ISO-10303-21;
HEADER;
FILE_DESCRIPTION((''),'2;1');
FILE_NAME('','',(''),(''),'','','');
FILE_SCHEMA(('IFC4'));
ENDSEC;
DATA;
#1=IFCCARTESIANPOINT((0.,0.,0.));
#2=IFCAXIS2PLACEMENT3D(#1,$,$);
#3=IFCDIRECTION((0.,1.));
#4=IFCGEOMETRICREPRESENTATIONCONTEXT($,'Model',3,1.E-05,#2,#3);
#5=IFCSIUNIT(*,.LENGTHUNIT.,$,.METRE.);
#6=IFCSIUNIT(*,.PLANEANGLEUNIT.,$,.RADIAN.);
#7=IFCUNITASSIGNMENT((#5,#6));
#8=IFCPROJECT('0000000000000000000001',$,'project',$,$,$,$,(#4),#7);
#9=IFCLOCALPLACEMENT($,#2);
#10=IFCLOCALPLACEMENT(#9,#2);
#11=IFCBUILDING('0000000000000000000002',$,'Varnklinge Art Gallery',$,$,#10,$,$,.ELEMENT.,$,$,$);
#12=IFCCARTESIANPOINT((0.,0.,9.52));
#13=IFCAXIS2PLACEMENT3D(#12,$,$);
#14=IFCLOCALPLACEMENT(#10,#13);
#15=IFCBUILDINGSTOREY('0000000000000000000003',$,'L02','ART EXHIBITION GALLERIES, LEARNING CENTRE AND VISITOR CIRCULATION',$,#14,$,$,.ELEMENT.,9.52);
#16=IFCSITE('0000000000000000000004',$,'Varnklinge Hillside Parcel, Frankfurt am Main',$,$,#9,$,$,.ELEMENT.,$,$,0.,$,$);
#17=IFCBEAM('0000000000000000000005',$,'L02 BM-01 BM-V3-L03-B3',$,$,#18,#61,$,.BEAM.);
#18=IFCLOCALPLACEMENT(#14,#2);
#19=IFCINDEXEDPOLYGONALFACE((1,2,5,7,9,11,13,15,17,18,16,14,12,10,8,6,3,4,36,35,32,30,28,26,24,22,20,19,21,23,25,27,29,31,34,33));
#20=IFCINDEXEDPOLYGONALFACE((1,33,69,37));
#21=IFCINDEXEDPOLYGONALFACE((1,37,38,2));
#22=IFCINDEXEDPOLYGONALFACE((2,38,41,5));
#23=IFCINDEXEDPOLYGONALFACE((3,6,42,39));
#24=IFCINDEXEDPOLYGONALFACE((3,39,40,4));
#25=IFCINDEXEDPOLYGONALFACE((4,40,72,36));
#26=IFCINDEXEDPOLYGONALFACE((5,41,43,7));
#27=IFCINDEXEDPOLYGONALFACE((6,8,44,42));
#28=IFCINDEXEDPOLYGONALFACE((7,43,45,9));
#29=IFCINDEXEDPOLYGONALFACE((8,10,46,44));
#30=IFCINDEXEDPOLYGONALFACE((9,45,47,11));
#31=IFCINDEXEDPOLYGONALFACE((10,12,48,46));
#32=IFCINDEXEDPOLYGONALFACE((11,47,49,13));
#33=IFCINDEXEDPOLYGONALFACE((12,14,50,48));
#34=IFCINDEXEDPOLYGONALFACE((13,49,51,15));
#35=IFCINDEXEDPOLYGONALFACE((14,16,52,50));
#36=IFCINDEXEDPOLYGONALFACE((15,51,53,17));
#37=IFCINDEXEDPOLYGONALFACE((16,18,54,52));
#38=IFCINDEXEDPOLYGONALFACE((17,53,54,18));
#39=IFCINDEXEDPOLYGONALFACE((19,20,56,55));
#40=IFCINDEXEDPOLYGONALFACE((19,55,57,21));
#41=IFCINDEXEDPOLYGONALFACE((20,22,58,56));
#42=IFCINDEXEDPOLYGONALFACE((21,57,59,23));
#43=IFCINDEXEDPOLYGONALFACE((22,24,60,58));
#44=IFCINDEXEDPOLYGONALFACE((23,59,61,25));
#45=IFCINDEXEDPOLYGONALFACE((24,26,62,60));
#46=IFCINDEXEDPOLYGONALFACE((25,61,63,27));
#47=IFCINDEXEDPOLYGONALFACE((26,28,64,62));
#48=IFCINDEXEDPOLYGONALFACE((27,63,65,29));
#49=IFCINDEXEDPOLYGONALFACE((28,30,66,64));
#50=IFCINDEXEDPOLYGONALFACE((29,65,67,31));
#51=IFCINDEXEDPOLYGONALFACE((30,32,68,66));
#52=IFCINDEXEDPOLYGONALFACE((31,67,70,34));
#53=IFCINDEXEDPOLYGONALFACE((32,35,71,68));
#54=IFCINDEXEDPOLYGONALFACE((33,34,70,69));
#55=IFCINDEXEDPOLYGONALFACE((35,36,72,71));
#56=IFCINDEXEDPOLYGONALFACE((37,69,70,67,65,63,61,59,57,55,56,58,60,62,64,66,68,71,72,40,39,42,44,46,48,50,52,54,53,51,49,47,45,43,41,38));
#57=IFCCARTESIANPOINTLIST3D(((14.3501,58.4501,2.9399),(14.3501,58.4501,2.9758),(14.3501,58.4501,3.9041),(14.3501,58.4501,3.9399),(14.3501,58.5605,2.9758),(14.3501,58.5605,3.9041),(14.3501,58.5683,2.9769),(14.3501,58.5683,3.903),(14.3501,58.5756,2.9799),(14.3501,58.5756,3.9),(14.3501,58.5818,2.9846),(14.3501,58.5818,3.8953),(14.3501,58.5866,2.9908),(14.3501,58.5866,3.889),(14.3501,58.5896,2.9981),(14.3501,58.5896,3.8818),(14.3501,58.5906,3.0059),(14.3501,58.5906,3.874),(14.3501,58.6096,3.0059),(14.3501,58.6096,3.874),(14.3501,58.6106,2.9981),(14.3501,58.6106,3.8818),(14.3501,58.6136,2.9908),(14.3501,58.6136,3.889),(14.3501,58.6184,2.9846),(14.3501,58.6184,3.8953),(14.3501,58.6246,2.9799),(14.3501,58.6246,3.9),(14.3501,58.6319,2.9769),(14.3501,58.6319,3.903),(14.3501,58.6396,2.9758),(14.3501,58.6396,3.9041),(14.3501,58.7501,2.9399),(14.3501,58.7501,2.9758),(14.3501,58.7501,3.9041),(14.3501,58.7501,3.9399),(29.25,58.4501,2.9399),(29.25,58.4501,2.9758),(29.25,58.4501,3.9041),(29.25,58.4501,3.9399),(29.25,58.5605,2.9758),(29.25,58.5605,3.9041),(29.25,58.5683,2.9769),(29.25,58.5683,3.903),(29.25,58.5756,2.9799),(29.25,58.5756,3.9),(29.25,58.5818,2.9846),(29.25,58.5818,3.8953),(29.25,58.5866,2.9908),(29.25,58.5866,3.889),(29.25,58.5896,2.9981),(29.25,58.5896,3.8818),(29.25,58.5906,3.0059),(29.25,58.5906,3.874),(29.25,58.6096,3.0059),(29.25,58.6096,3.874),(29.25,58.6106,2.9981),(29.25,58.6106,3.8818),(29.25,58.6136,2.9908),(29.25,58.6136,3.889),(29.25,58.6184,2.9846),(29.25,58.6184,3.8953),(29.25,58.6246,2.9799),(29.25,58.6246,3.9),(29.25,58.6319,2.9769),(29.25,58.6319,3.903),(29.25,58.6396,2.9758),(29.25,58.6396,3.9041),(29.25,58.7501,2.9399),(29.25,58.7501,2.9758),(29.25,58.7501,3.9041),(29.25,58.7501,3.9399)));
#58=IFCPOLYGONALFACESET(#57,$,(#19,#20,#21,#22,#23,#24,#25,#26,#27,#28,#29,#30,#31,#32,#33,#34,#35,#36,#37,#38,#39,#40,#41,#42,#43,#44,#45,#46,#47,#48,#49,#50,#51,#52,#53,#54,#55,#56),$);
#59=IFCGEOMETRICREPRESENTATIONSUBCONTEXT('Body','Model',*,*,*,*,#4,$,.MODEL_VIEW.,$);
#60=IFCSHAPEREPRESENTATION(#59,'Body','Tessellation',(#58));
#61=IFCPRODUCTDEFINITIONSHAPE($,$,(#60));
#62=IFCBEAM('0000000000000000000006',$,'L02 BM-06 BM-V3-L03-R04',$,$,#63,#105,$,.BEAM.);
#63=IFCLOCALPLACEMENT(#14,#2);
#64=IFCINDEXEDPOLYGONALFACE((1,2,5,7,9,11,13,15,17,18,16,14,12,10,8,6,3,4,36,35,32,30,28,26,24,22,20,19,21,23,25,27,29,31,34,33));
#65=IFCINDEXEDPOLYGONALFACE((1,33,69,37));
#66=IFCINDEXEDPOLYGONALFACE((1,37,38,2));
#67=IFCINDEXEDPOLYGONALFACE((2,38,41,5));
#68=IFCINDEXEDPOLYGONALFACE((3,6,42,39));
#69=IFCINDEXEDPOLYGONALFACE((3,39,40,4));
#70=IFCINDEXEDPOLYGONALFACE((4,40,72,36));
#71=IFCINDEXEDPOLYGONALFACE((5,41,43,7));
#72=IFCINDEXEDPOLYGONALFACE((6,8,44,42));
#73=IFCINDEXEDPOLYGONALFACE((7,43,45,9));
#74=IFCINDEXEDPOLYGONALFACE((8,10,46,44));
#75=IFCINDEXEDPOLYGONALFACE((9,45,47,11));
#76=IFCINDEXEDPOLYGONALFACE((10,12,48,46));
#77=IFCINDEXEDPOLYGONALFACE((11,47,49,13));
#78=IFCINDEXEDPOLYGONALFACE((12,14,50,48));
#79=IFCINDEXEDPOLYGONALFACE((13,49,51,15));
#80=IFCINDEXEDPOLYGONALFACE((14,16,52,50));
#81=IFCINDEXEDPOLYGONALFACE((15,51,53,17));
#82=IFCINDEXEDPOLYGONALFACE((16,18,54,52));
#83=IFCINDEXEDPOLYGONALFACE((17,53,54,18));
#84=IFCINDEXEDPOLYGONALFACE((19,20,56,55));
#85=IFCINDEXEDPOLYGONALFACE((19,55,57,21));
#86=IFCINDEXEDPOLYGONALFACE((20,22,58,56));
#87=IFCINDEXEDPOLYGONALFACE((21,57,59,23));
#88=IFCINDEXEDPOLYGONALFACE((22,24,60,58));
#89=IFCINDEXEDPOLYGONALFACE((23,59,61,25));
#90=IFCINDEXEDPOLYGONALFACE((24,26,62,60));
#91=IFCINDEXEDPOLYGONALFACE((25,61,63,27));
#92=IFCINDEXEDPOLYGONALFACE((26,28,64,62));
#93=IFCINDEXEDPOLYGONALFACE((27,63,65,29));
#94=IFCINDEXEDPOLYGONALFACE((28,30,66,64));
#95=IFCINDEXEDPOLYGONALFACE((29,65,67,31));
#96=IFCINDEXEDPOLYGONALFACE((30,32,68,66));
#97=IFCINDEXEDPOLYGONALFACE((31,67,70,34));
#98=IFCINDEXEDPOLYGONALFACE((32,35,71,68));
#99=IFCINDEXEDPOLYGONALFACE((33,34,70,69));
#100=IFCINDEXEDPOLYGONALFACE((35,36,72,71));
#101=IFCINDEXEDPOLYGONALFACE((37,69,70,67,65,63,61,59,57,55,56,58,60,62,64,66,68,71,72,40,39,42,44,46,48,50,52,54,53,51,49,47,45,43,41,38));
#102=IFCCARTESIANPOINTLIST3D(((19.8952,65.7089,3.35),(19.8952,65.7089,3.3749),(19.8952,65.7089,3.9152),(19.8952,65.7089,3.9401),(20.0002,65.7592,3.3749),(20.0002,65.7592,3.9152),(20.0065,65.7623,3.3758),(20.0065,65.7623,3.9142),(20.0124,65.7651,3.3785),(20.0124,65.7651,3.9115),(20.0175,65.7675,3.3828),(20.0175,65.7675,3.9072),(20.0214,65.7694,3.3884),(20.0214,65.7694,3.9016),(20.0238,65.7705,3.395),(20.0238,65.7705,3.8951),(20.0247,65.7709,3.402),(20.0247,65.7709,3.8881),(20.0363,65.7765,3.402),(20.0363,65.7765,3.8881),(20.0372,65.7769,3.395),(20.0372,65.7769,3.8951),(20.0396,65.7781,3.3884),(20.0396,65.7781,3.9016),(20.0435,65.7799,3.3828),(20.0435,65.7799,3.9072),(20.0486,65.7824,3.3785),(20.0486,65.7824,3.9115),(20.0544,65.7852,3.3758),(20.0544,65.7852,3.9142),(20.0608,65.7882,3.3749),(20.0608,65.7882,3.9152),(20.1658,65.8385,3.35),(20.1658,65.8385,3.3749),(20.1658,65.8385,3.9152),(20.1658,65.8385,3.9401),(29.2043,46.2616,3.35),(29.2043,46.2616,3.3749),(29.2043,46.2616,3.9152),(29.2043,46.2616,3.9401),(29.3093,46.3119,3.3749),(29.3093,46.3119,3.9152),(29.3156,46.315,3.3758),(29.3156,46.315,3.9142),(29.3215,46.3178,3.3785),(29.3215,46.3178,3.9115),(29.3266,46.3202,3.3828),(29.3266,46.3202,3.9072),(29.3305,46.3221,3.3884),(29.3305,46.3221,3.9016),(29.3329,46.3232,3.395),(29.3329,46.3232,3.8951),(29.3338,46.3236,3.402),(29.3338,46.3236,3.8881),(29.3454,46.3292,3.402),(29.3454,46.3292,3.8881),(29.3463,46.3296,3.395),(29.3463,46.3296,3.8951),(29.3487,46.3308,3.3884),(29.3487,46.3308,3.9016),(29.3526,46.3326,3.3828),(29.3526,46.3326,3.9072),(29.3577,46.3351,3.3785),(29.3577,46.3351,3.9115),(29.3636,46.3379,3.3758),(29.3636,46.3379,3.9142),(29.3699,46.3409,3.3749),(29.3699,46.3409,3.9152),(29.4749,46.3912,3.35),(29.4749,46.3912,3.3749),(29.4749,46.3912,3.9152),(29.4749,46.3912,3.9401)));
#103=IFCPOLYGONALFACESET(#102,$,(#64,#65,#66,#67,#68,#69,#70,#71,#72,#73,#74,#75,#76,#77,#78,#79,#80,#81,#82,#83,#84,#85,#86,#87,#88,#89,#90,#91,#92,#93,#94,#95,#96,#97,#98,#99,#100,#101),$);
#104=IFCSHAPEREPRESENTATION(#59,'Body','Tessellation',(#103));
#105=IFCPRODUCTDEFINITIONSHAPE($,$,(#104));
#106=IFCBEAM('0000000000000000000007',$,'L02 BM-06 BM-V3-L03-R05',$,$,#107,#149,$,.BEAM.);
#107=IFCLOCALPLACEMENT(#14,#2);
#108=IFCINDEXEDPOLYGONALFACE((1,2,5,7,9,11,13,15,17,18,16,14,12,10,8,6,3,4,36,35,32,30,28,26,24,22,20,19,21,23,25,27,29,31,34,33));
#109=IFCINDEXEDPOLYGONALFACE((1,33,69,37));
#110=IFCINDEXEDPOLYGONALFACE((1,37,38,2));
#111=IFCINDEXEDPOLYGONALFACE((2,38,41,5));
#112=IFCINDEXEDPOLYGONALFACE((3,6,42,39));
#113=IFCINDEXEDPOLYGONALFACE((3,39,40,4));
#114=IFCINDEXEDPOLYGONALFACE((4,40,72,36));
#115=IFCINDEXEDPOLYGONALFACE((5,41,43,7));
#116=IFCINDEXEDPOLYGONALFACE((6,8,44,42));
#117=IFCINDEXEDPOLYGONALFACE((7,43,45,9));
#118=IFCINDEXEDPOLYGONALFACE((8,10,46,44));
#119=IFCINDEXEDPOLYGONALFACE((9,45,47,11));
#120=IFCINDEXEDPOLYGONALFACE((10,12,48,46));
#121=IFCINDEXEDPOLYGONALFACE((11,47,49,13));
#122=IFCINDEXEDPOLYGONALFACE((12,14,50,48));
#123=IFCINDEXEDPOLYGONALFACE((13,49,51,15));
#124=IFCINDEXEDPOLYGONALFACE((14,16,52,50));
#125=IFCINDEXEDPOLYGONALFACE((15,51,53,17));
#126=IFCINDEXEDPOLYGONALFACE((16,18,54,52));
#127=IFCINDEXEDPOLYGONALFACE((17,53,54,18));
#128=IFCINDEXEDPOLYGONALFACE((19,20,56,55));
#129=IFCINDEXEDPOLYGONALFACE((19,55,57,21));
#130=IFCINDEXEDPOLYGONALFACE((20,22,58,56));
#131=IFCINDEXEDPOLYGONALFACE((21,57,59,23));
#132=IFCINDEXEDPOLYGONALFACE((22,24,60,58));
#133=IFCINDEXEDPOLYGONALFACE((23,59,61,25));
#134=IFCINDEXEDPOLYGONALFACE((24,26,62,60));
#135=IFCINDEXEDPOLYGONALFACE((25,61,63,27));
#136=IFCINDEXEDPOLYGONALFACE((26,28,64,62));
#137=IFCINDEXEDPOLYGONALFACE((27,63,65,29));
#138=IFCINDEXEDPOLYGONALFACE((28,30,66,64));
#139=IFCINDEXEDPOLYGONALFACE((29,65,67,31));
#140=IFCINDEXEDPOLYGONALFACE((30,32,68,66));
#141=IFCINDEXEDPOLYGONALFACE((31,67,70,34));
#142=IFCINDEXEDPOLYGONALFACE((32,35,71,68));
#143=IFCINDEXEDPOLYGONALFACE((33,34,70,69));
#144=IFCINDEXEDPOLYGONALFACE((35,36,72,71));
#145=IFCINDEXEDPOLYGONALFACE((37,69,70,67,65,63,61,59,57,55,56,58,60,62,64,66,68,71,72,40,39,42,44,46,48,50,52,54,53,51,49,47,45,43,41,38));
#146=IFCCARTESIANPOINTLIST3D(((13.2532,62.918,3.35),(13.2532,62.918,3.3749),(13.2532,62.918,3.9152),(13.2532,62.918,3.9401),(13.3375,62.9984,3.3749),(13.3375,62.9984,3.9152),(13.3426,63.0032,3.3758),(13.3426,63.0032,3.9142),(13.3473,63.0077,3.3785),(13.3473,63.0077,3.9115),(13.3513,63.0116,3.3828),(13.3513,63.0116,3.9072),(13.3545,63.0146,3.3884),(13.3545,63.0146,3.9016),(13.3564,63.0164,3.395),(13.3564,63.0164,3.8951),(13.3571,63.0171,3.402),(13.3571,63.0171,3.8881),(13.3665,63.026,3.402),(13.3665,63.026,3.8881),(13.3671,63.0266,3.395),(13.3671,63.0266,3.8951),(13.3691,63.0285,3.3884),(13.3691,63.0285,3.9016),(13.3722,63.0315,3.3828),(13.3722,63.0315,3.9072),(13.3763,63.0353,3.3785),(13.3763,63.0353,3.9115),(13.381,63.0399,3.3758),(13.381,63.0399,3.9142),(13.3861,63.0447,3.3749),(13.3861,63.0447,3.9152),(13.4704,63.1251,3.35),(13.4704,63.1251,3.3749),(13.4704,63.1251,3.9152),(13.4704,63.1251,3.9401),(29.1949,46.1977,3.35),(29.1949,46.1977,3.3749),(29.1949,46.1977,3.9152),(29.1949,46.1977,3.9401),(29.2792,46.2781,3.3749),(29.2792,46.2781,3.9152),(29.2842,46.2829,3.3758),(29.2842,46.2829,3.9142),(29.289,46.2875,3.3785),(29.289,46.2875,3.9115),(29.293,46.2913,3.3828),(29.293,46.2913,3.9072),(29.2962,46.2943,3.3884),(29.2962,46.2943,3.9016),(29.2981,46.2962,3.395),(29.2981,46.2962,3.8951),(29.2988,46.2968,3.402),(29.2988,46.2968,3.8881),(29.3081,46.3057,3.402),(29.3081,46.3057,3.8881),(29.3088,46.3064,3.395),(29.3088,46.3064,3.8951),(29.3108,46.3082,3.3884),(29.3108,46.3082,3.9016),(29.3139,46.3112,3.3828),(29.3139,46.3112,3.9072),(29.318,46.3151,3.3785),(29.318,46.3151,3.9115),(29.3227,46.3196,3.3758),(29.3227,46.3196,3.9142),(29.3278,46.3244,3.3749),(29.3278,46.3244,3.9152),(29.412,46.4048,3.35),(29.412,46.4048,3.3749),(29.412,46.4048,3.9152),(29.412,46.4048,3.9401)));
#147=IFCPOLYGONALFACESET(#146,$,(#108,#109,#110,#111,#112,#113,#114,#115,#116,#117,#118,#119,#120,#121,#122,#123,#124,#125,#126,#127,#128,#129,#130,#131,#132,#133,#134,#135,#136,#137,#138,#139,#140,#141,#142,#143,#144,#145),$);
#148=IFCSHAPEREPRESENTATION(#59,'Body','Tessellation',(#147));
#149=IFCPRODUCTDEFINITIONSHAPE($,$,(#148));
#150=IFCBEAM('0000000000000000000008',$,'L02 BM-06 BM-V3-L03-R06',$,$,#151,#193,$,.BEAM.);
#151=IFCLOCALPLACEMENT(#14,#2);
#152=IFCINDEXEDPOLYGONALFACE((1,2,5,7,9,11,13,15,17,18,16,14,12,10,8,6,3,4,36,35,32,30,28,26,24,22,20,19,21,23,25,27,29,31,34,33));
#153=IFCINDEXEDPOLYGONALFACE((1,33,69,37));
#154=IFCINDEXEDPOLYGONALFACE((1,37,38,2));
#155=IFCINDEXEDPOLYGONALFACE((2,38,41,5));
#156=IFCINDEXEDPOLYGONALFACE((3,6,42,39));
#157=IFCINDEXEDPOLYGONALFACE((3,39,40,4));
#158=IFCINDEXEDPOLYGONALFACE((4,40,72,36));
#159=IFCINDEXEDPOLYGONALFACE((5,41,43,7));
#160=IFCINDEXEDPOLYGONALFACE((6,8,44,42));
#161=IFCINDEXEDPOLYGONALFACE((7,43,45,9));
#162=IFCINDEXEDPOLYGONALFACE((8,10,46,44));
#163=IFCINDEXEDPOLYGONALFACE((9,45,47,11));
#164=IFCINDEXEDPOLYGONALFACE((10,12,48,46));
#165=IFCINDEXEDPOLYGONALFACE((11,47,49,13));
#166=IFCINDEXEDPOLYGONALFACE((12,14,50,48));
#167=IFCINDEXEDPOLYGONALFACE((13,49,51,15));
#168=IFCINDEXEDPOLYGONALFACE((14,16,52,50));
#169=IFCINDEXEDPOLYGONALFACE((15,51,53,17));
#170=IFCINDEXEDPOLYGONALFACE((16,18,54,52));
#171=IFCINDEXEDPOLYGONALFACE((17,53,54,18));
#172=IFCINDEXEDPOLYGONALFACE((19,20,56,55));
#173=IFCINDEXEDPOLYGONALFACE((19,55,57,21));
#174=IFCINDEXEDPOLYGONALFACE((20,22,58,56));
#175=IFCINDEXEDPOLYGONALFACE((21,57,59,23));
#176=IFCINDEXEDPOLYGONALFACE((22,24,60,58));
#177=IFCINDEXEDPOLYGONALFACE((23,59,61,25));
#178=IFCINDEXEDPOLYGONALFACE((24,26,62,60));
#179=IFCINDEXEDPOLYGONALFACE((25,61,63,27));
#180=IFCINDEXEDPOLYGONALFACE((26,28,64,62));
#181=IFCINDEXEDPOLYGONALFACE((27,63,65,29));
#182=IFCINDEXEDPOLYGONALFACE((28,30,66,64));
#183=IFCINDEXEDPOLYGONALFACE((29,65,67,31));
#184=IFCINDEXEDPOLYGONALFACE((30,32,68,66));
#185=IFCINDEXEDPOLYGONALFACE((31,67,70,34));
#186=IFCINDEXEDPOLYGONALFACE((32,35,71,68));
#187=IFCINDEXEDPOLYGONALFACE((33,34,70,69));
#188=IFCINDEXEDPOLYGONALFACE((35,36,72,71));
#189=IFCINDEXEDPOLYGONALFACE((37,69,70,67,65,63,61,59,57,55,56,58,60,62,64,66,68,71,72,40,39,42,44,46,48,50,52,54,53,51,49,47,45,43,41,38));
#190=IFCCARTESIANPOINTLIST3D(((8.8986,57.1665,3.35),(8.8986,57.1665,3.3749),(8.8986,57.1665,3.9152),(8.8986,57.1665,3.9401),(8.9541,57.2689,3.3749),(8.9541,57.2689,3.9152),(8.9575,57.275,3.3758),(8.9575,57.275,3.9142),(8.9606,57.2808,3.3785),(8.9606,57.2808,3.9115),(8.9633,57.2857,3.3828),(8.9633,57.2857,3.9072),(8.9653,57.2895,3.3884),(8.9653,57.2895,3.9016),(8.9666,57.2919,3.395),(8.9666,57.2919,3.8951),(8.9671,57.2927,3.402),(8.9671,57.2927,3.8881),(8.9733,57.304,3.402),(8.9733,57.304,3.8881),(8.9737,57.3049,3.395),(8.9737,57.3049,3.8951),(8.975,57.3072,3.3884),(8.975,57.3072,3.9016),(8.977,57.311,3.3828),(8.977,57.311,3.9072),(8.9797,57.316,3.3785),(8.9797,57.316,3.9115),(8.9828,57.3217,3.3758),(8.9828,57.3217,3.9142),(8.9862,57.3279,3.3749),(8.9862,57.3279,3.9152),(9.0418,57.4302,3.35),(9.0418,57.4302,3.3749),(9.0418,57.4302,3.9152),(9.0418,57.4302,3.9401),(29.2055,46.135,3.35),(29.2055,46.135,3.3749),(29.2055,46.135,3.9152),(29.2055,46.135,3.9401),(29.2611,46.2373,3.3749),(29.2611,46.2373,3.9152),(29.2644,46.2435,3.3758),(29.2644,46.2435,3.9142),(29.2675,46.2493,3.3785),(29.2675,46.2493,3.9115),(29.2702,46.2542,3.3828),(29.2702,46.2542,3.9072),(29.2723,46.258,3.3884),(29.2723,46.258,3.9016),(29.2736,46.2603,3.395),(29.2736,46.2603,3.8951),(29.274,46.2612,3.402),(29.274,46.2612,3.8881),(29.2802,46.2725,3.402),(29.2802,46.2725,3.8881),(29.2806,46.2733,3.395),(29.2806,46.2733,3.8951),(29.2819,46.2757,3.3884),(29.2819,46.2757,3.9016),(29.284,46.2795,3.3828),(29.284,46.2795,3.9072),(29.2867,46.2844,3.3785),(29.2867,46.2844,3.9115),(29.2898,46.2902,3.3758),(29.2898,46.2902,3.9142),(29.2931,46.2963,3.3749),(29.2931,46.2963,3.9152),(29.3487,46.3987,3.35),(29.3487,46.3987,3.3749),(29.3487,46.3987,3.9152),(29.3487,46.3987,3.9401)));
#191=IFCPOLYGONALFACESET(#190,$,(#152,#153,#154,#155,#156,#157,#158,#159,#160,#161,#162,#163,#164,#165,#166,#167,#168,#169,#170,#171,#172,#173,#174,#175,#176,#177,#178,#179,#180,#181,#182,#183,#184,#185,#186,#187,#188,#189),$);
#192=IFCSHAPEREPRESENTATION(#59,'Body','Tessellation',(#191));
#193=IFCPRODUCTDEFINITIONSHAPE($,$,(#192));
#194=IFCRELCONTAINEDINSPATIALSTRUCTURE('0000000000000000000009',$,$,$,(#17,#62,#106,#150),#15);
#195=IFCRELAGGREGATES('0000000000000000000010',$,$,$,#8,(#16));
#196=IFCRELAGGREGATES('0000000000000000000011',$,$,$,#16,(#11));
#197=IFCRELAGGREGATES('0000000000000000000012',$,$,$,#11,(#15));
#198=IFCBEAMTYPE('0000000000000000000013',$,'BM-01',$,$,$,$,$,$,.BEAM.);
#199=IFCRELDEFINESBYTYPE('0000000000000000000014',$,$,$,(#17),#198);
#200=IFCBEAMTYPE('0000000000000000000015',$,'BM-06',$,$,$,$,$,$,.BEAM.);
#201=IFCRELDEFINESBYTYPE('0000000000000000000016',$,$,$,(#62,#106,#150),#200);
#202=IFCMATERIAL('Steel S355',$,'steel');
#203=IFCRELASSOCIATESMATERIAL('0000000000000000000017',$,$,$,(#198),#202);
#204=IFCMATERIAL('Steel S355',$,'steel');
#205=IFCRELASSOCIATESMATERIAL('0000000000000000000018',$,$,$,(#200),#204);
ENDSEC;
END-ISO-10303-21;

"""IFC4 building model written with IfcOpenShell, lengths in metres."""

from ifc_helpers import new_model, si_unit, direction, frame, origin, origin_2d, place, context, subcontext, project, spatial, i_section, extrude, material, material_profile, profile_set, type_object, element, save


model = new_model("IFC4")

# Units and contexts
model_context = context("Model", 3, precision=1e-05, world=origin(), true_north=direction((0.0, 1.0)))
body_context = subcontext(model_context, "Body", "Model", "MODEL_VIEW")
ifc_project = project(units=[si_unit("LENGTHUNIT", "METRE"), si_unit("PLANEANGLEUNIT", "RADIAN")], contexts=[model_context])

# Site, building, storey
site_placement = place(None, origin())
site = spatial("IfcSite", under=ifc_project, at=site_placement, Name="Varnklinge Hillside Parcel, Frankfurt am Main", CompositionType="ELEMENT", RefElevation=0.0)
building_placement = place(site_placement, origin())
building = spatial("IfcBuilding", under=site, at=building_placement, Name="Varnklinge Art Gallery", CompositionType="ELEMENT")
storey_placement = place(building_placement, frame((0.0, 0.0, 9.52)))
storey = spatial("IfcBuildingStorey", under=building, at=storey_placement, Name="L02", Description="ART EXHIBITION GALLERIES, LEARNING CENTRE AND VISITOR CIRCULATION", CompositionType="ELEMENT", Elevation=9.52)

# Beams
ifc_material_1 = material(Name="Steel S355", Category="steel")
ifc_material_profile_1 = material_profile(ifc_material_1, i_section(OverallWidth=0.3, OverallDepth=1.0, WebThickness=0.019, FlangeThickness=0.0359, FilletRadius=0.03, at=origin_2d()), Name="HEB 1000")
ifc_profile_set_1 = profile_set([ifc_material_profile_1], Name="Steel S355")
beam_type_1 = type_object("IfcBeamType", Name="BM-01", PredefinedType="BEAM", material=ifc_profile_set_1)
beam_1_placement = place(storey_placement, frame((29.25, 58.6001, 3.4399), z_axis=(-1.0, 0.0, 0.0), x_axis=(0.0, -1.0, 0.0)))
element("IfcBeam", 1, at=beam_1_placement, inside=storey, type_object=beam_type_1, Name="L02 BM-01 BM-V3-L03-B3", PredefinedType="BEAM", context=body_context, shape_type="SweptSolid", body=[
    extrude(i_section(OverallWidth=0.3, OverallDepth=1.0, WebThickness=0.019, FlangeThickness=0.0359, FilletRadius=0.03, at=origin_2d()), origin(), (0.0, 0.0, 1.0), 14.8999),
])
ifc_material_2 = material(Name="Steel S355", Category="steel")
ifc_material_profile_2 = material_profile(ifc_material_2, i_section(OverallWidth=0.3, OverallDepth=0.5901, WebThickness=0.0129, FlangeThickness=0.0249, FilletRadius=0.0271, at=origin_2d()), Name="HEA 600")
ifc_profile_set_2 = profile_set([ifc_material_profile_2], Name="Steel S355")
beam_type_2 = type_object("IfcBeamType", Name="BM-06", PredefinedType="BEAM", material=ifc_profile_set_2)
beam_2_placement = place(storey_placement, frame((29.3396, 46.3264, 3.645), z_axis=(-0.431766, 0.901986, 0.0), x_axis=(-0.901986, -0.431766, 0.0)))
element("IfcBeam", 2, at=beam_2_placement, inside=storey, type_object=beam_type_2, Name="L02 BM-06 BM-V3-L03-R04", PredefinedType="BEAM", context=body_context, shape_type="SweptSolid", body=[
    extrude(i_section(OverallWidth=0.3, OverallDepth=0.5901, WebThickness=0.0129, FlangeThickness=0.0249, FilletRadius=0.0271, at=origin_2d()), origin(), (0.0, 0.0, 1.0), 21.5605),
])
beam_3_placement = place(storey_placement, frame((29.3035, 46.3013, 3.645), z_axis=(-0.690055, 0.723757, 0.0), x_axis=(-0.723757, -0.690055, 0.0)))
element("IfcBeam", 3, at=beam_3_placement, inside=storey, type_object=beam_type_2, Name="L02 BM-06 BM-V3-L03-R05", PredefinedType="BEAM", context=body_context, shape_type="SweptSolid", body=[
    extrude(i_section(OverallWidth=0.3, OverallDepth=0.5901, WebThickness=0.0129, FlangeThickness=0.0249, FilletRadius=0.0271, at=origin_2d()), origin(), (0.0, 0.0, 1.0), 23.1021),
])
beam_4_placement = place(storey_placement, frame((29.2771, 46.2668, 3.645), z_axis=(-0.878713, 0.477351, 0.0), x_axis=(-0.477351, -0.878713, 0.0)))
element("IfcBeam", 4, at=beam_4_placement, inside=storey, type_object=beam_type_2, Name="L02 BM-06 BM-V3-L03-R06", PredefinedType="BEAM", context=body_context, shape_type="SweptSolid", body=[
    extrude(i_section(OverallWidth=0.3, OverallDepth=0.5901, WebThickness=0.0129, FlangeThickness=0.0249, FilletRadius=0.0271, at=origin_2d()), origin(), (0.0, 0.0, 1.0), 23.1099),
])

save(model, "model.ifc")
